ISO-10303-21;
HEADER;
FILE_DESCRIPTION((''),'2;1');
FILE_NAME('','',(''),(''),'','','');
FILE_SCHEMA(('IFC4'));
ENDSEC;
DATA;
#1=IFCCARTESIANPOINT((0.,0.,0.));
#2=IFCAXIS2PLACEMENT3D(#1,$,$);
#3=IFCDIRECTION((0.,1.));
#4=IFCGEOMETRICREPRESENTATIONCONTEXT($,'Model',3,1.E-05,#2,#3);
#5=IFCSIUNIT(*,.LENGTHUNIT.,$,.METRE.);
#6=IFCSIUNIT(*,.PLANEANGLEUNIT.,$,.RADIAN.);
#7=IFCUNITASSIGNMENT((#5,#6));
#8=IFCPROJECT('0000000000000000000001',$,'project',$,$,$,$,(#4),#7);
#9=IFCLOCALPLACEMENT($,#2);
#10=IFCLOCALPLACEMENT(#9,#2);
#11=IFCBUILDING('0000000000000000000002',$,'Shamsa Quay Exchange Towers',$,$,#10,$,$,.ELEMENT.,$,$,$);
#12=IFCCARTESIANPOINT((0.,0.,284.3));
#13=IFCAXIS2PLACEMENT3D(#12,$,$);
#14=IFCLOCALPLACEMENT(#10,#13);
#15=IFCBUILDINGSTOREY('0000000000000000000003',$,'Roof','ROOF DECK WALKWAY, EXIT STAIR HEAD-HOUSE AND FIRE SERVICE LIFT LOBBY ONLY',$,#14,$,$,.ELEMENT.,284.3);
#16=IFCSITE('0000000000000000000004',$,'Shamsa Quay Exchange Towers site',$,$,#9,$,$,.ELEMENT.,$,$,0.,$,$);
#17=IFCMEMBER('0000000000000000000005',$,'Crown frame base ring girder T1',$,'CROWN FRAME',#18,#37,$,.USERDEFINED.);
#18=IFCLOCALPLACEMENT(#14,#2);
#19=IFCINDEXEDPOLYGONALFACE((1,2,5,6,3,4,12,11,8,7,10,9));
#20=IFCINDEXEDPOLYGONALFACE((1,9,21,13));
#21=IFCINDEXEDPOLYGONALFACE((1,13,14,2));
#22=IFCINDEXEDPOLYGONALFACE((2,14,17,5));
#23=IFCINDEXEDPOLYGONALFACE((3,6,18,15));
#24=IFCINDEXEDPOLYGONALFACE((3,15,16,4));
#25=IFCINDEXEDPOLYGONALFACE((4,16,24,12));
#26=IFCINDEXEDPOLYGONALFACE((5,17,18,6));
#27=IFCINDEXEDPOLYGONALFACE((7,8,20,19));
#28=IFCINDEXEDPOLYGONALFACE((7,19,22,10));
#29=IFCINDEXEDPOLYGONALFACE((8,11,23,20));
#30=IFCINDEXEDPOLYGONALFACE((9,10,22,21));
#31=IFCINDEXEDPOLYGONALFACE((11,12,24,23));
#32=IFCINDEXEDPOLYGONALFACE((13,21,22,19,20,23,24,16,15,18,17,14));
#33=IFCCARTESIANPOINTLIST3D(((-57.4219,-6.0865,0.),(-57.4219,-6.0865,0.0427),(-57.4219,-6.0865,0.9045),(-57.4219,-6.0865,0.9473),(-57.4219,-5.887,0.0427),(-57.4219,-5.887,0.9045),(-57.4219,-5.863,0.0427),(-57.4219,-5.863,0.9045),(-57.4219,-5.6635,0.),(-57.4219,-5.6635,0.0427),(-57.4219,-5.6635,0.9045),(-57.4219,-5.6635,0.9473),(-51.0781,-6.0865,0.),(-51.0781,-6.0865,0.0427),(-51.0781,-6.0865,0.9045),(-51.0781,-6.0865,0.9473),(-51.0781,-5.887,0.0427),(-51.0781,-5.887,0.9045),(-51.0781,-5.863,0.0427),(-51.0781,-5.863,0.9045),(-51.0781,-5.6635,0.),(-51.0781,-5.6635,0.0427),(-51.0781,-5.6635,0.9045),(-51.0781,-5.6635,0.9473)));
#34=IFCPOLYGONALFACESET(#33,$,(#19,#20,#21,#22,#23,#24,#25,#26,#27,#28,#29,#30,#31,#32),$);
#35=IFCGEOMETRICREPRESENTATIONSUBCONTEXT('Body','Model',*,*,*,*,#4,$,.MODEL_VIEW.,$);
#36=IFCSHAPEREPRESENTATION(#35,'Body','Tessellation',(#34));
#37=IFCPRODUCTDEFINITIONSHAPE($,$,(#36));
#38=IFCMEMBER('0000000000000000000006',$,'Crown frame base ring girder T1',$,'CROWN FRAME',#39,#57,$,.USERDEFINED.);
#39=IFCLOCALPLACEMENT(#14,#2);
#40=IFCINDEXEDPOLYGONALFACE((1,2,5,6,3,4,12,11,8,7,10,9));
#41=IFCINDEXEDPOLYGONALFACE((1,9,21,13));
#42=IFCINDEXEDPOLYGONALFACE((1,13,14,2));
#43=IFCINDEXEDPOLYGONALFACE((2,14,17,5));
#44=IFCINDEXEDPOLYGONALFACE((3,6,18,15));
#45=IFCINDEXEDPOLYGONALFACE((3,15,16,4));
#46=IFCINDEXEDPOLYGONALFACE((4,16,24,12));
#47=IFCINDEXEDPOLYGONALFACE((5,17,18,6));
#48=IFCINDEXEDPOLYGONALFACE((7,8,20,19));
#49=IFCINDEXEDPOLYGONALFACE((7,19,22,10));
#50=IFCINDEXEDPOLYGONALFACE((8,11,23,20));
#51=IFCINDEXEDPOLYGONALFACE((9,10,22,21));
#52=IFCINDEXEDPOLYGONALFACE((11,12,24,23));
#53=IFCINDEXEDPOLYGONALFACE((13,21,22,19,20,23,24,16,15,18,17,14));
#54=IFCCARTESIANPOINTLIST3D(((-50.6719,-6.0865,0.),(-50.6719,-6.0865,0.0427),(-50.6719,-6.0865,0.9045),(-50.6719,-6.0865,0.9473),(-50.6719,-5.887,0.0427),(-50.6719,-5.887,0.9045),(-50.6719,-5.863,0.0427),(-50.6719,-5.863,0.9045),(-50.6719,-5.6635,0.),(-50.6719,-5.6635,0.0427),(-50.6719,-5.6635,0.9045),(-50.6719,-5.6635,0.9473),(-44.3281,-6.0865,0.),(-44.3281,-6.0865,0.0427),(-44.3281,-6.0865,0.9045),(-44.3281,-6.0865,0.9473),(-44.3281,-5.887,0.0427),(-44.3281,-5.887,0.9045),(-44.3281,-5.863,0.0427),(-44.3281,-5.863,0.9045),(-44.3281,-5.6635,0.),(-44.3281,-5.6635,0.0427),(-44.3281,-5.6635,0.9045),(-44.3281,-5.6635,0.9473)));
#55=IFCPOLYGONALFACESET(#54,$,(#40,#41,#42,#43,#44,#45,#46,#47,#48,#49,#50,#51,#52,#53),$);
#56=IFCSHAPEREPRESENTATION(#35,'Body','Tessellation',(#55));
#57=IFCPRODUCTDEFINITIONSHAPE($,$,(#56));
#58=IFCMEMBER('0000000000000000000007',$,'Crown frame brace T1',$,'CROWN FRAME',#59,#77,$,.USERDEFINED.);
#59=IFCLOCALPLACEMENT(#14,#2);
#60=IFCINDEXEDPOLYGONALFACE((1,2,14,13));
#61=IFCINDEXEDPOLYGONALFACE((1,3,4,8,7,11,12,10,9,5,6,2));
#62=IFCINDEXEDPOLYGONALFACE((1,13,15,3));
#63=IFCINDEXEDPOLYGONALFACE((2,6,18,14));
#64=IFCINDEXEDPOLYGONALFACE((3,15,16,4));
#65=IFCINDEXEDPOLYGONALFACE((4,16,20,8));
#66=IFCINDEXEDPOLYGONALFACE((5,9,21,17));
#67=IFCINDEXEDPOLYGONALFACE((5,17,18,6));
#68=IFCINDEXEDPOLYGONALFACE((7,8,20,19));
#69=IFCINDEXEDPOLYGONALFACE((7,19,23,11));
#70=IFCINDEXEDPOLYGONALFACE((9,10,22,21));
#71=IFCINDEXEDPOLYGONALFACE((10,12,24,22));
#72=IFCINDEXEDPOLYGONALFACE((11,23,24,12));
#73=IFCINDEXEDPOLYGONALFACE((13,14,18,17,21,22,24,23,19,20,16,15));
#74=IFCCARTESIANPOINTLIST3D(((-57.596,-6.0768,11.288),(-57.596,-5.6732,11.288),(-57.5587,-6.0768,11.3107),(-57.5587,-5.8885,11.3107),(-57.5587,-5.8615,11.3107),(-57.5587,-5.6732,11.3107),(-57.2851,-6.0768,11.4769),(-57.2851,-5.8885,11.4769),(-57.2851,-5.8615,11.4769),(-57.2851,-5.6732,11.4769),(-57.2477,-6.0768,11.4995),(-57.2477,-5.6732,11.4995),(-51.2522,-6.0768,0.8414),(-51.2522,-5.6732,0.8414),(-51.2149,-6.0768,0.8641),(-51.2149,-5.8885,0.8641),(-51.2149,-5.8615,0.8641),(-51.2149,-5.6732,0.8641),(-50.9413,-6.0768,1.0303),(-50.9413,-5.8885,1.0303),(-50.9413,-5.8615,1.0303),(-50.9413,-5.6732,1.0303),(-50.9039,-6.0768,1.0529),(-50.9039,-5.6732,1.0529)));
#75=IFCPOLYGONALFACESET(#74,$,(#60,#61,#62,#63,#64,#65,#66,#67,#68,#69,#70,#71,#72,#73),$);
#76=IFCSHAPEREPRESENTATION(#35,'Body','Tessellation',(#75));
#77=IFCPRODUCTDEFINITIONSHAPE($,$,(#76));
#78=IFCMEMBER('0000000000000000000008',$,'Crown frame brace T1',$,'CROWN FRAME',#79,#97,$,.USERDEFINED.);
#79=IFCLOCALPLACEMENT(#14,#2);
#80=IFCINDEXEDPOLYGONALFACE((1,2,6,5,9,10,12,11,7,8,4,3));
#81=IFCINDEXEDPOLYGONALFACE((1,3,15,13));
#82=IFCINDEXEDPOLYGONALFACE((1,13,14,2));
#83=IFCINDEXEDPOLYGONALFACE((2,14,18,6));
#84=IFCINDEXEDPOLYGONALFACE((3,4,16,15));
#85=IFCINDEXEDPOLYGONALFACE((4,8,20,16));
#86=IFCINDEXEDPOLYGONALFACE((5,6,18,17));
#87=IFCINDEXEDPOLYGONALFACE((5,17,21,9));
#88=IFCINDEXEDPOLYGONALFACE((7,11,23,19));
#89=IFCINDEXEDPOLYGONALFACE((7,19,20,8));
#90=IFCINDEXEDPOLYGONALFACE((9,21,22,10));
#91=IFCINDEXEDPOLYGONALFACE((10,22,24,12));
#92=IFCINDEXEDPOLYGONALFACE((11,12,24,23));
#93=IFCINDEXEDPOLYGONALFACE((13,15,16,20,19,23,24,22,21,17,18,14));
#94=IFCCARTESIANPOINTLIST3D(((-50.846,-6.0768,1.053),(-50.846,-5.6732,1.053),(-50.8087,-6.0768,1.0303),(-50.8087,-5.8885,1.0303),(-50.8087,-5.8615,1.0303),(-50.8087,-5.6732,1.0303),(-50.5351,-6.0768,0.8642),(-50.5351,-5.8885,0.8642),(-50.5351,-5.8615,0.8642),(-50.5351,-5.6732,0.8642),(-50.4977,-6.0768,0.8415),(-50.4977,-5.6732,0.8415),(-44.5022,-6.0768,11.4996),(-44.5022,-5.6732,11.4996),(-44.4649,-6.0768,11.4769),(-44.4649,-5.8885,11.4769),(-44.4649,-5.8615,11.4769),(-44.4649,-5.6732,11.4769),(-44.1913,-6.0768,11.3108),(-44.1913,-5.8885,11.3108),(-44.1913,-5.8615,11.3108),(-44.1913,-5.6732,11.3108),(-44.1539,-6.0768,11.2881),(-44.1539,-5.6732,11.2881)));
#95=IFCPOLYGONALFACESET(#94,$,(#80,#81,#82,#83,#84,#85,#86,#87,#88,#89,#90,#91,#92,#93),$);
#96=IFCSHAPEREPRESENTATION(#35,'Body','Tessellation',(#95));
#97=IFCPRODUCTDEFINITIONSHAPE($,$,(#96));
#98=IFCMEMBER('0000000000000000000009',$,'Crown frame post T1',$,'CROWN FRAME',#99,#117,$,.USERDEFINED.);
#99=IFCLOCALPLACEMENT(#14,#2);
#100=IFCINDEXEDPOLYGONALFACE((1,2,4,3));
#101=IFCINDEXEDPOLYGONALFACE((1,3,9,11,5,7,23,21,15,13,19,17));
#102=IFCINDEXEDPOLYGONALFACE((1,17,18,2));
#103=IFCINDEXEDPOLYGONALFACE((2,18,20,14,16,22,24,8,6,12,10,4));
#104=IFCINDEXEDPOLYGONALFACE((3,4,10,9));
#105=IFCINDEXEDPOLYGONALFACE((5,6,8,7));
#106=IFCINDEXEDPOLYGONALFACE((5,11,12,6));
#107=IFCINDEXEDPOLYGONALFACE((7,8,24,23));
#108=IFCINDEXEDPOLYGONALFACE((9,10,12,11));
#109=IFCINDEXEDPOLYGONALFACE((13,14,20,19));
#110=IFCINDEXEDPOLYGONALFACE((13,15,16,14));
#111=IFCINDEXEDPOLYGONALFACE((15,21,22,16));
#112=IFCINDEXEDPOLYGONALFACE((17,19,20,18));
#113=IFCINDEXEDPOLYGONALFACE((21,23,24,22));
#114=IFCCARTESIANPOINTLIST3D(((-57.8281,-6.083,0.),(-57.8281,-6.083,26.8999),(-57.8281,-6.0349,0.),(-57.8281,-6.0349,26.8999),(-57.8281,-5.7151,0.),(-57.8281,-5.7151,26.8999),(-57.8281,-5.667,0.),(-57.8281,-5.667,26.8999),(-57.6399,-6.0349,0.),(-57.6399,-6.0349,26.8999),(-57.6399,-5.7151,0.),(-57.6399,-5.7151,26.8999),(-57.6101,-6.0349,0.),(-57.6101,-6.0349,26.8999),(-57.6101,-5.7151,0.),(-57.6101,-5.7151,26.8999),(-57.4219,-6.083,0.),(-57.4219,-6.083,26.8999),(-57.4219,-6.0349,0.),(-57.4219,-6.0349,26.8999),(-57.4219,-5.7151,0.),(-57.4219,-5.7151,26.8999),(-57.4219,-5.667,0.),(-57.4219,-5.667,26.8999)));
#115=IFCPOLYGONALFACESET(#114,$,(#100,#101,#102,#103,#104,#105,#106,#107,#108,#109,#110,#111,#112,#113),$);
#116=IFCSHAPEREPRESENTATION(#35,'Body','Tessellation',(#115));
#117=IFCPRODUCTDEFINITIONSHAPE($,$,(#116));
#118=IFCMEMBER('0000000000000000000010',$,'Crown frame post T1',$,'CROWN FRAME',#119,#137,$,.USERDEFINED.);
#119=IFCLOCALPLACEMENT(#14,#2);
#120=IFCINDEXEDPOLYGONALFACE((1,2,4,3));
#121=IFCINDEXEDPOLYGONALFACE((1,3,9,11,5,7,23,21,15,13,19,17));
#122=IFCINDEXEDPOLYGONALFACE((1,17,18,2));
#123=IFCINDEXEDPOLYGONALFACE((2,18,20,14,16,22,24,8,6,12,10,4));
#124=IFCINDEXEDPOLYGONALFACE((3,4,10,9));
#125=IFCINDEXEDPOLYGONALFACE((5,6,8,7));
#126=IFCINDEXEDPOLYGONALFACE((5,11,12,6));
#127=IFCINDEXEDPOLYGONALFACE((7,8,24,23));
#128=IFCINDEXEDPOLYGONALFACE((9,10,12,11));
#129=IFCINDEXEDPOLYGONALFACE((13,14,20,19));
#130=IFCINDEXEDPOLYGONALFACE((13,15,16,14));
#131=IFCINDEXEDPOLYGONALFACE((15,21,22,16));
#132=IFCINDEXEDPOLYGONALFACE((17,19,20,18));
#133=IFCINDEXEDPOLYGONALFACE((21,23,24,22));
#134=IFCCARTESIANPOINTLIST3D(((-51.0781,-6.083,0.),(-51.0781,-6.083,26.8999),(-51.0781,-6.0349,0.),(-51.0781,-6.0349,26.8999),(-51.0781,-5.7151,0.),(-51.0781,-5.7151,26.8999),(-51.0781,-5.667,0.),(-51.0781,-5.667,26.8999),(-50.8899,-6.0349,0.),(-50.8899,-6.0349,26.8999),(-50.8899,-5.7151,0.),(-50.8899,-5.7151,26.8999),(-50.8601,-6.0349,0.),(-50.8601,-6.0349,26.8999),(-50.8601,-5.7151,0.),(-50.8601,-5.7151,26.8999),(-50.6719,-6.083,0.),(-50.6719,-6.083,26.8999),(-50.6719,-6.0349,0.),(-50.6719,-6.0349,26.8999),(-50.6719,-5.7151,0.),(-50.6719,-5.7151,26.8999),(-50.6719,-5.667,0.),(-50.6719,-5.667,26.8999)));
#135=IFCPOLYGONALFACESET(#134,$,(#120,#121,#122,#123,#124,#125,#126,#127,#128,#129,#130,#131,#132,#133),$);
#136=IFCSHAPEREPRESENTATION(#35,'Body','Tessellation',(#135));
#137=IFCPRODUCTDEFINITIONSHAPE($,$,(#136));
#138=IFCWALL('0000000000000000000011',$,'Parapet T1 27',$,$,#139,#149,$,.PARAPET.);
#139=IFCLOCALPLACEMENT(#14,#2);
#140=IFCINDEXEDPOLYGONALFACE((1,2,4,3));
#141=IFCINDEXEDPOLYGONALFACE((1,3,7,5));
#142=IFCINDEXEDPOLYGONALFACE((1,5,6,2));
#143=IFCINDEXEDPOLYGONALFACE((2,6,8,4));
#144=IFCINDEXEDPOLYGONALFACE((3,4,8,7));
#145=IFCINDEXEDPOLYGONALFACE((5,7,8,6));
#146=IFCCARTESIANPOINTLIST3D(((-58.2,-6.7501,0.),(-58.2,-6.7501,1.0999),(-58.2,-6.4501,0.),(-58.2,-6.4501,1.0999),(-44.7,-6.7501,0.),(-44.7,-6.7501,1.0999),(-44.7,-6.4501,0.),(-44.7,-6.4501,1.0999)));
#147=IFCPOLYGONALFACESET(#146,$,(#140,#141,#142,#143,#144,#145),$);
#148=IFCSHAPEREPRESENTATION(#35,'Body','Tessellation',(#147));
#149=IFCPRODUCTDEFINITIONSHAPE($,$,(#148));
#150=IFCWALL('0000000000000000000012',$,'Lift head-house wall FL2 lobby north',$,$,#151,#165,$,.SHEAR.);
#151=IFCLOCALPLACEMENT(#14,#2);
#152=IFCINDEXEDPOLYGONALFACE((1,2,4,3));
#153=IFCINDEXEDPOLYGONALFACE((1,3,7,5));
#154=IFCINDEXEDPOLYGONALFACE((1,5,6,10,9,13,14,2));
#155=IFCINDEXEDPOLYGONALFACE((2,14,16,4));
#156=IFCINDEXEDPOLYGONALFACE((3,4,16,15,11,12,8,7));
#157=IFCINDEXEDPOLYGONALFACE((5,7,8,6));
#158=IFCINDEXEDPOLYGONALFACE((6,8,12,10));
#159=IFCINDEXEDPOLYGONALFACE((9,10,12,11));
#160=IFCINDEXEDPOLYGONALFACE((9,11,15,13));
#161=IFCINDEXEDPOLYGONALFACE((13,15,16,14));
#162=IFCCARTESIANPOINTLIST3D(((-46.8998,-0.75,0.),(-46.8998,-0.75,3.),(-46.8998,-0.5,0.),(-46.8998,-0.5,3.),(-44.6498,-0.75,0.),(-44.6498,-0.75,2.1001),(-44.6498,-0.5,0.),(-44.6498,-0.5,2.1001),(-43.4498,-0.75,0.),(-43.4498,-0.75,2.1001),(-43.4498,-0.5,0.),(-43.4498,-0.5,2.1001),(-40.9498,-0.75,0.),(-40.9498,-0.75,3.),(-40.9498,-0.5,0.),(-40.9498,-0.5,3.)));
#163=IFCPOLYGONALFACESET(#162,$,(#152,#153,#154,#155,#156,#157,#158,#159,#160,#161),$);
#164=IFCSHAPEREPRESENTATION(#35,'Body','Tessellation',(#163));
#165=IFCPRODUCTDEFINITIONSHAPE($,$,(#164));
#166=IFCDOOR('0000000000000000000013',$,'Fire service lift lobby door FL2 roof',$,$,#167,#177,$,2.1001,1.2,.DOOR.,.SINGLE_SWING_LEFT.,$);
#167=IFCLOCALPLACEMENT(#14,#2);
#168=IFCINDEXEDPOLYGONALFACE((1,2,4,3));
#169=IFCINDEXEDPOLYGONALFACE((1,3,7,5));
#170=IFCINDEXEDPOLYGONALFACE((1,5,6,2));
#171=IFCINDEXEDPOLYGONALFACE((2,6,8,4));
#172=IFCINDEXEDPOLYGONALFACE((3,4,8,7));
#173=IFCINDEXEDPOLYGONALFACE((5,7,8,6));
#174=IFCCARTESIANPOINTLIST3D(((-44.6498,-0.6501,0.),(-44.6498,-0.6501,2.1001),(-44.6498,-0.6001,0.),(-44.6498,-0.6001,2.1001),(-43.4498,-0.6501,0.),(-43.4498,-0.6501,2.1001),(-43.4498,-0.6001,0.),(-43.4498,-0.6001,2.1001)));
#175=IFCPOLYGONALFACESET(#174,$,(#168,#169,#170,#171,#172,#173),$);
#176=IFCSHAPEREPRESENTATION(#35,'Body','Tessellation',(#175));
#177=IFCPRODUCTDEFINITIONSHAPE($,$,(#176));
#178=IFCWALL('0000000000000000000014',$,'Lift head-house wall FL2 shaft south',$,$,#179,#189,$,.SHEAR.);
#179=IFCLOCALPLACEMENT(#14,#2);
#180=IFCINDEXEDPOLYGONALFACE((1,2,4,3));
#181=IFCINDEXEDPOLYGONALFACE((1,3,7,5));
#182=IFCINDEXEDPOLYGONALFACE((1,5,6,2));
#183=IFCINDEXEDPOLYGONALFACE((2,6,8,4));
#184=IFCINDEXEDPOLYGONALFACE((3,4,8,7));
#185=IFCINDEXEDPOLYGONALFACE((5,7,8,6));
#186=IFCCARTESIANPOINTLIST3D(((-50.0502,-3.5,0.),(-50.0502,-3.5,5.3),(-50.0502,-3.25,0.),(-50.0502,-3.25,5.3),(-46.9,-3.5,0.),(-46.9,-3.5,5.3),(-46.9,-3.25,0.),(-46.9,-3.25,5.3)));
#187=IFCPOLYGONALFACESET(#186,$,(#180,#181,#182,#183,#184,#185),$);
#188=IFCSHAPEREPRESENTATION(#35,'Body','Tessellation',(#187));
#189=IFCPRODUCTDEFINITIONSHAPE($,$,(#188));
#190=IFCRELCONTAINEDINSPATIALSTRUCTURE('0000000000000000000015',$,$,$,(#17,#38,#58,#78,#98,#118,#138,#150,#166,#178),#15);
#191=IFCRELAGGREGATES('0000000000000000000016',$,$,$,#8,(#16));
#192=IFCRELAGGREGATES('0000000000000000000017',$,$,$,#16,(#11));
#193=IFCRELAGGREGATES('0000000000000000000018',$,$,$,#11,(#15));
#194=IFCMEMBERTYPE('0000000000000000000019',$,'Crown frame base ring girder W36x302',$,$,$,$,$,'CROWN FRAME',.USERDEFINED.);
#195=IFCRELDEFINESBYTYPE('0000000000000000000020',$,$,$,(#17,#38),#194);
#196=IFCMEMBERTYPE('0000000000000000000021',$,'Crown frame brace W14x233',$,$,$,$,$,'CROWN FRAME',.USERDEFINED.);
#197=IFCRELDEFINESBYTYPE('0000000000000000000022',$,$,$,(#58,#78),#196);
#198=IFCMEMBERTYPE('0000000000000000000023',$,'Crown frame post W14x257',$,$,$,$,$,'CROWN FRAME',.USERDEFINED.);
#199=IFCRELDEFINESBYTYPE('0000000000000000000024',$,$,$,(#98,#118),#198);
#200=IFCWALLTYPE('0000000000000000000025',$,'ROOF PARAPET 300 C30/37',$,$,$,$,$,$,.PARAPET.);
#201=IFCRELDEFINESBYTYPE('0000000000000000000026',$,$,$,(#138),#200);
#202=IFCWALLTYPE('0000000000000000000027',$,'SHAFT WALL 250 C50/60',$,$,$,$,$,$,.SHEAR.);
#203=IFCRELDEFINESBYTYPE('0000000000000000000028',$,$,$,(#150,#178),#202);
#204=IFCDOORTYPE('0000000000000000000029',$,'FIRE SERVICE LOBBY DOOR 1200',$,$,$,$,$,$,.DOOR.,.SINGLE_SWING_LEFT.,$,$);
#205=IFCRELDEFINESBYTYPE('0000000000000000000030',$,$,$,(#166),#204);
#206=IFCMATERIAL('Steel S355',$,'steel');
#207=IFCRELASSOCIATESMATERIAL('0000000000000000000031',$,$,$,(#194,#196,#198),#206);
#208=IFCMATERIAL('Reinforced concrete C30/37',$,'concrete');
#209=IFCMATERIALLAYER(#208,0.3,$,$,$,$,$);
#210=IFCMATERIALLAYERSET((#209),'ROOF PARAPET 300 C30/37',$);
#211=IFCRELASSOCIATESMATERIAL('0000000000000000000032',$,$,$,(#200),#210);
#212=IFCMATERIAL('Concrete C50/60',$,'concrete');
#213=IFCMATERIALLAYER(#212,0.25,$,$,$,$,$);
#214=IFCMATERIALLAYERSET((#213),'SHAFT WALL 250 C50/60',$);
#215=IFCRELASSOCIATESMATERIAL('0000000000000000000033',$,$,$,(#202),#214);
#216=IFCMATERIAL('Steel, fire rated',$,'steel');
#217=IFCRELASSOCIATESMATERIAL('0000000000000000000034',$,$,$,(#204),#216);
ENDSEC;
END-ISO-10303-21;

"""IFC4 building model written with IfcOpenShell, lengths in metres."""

from ifc_helpers import new_model, si_unit, direction, frame, frame_2d, origin, origin_2d, place, context, subcontext, project, spatial, rectangle, i_section, extrude, material, layer, layer_set, material_profile, profile_set, type_object, element, fill, save


model = new_model("IFC4")

# Units and contexts
model_context = context("Model", 3, precision=1e-05, world=origin(), true_north=direction((0.0, 1.0)))
body_context = subcontext(model_context, "Body", "Model", "MODEL_VIEW")
ifc_project = project(units=[si_unit("LENGTHUNIT", "METRE"), si_unit("PLANEANGLEUNIT", "RADIAN")], contexts=[model_context])

# Site, building, storey
site_placement = place(None, origin())
site = spatial("IfcSite", under=ifc_project, at=site_placement, Name="Shamsa Quay Exchange Towers site", CompositionType="ELEMENT", RefElevation=0.0)
building_placement = place(site_placement, origin())
building = spatial("IfcBuilding", under=site, at=building_placement, Name="Shamsa Quay Exchange Towers", CompositionType="ELEMENT")
storey_placement = place(building_placement, frame((0.0, 0.0, 284.3)))
storey = spatial("IfcBuildingStorey", under=building, at=storey_placement, Name="Roof", Description="ROOF DECK WALKWAY, EXIT STAIR HEAD-HOUSE AND FIRE SERVICE LIFT LOBBY ONLY", CompositionType="ELEMENT", Elevation=284.3)

# Members
ifc_material_1 = material(Name="Steel S355", Category="steel")
ifc_material_profile_1 = material_profile(ifc_material_1, i_section(OverallWidth=0.4231, OverallDepth=0.9473, WebThickness=0.0239, FlangeThickness=0.0427, at=origin_2d()), Name="W36x302")
ifc_profile_set_1 = profile_set([ifc_material_profile_1], Name="Steel S355")
member_type_1 = type_object("IfcMemberType", Name="Crown frame base ring girder W36x302", ElementType="CROWN FRAME", PredefinedType="USERDEFINED", material=ifc_profile_set_1)
for number, where, z_axis, x_axis, name in (
    (1, (-57.4219, -5.875, 0.4736), (1.0, 0.0, 0.0), (0.0, 1.0, 0.0), "Crown frame base ring girder T1"),
    (2, (-50.6719, -5.875, 0.4736), (1.0, 0.0, 0.0), (0.0, 1.0, 0.0), "Crown frame base ring girder T1"),
):
    element("IfcMember", number, at=place(storey_placement, frame(where, z_axis=z_axis, x_axis=x_axis)), inside=storey, type_object=member_type_1, Name=name, ObjectType="CROWN FRAME", PredefinedType="USERDEFINED", context=body_context, shape_type="SweptSolid", body=[
        extrude(i_section(OverallWidth=0.4231, OverallDepth=0.9473, WebThickness=0.0239, FlangeThickness=0.0427, at=origin_2d()), origin(), (0.0, 0.0, 1.0), 6.3438),
    ])
ifc_material_profile_2 = material_profile(ifc_material_1, i_section(OverallWidth=0.4036, OverallDepth=0.4075, WebThickness=0.0271, FlangeThickness=0.0437, at=origin_2d()), Name="W14x233")
ifc_profile_set_2 = profile_set([ifc_material_profile_2], Name="Steel S355")
member_type_2 = type_object("IfcMemberType", Name="Crown frame brace W14x233", ElementType="CROWN FRAME", PredefinedType="USERDEFINED", material=ifc_profile_set_2)
for number, where, z_axis, x_axis, name in (
    (3, (-57.4219, -5.875, 11.3938), (0.519051, 0.0, -0.854744), (0.0, 1.0, 0.0), "Crown frame brace T1"),
    (4, (-50.6719, -5.875, 0.9473), (0.519051, 0.0, 0.854744), (0.0, 1.0, 0.0), "Crown frame brace T1"),
):
    element("IfcMember", number, at=place(storey_placement, frame(where, z_axis=z_axis, x_axis=x_axis)), inside=storey, type_object=member_type_2, Name=name, ObjectType="CROWN FRAME", PredefinedType="USERDEFINED", context=body_context, shape_type="SweptSolid", body=[
        extrude(i_section(OverallWidth=0.4036, OverallDepth=0.4075, WebThickness=0.0271, FlangeThickness=0.0437, at=origin_2d()), origin(), (0.0, 0.0, 1.0), 12.2219),
    ])
ifc_material_profile_3 = material_profile(ifc_material_1, i_section(OverallWidth=0.4062, OverallDepth=0.416, WebThickness=0.0298, FlangeThickness=0.0481, at=origin_2d()), Name="W14x257")
ifc_profile_set_3 = profile_set([ifc_material_profile_3], Name="Steel S355")
member_type_3 = type_object("IfcMemberType", Name="Crown frame post W14x257", ElementType="CROWN FRAME", PredefinedType="USERDEFINED", material=ifc_profile_set_3)
for number, where, name in (
    (5, (-57.625, -5.875, 0.0), "Crown frame post T1"),
    (6, (-50.875, -5.875, 0.0), "Crown frame post T1"),
):
    element("IfcMember", number, at=place(storey_placement, frame(where)), inside=storey, type_object=member_type_3, Name=name, ObjectType="CROWN FRAME", PredefinedType="USERDEFINED", context=body_context, shape_type="SweptSolid", body=[
        extrude(i_section(OverallWidth=0.4062, OverallDepth=0.416, WebThickness=0.0298, FlangeThickness=0.0481, at=origin_2d()), origin(), (0.0, 0.0, 1.0), 26.8999),
    ])

# Wall
ifc_material_2 = material(Name="Reinforced concrete C30/37", Category="concrete")
ifc_layer_1 = layer(ifc_material_2, 0.3)
ifc_layer_set_1 = layer_set([ifc_layer_1], Name="ROOF PARAPET 300 C30/37")
wall_type_1 = type_object("IfcWallType", Name="ROOF PARAPET 300 C30/37", PredefinedType="PARAPET", material=ifc_layer_set_1)
wall_1_placement = place(storey_placement, frame((-58.2, -6.6001, 0.0)))
element("IfcWall", 7, at=wall_1_placement, inside=storey, type_object=wall_type_1, Name="Parapet T1 27", PredefinedType="PARAPET", context=body_context, shape_type="SweptSolid", body=[
    extrude(rectangle(XDim=13.5, YDim=0.3, at=frame_2d((6.75, 0.0))), origin(), (0.0, 0.0, 1.0), 1.0999),
])

# Wall, opening, door
ifc_material_3 = material(Name="Concrete C50/60", Category="concrete")
ifc_layer_2 = layer(ifc_material_3, 0.25)
ifc_layer_set_2 = layer_set([ifc_layer_2], Name="SHAFT WALL 250 C50/60")
wall_type_2 = type_object("IfcWallType", Name="SHAFT WALL 250 C50/60", PredefinedType="SHEAR", material=ifc_layer_set_2)
wall_2_placement = place(storey_placement, frame((-46.8999, -0.625, 0.0)))
wall_2 = element("IfcWall", 8, at=wall_2_placement, inside=storey, type_object=wall_type_2, Name="Lift head-house wall FL2 lobby north", PredefinedType="SHEAR", context=body_context, shape_type="SweptSolid", body=[
    extrude(rectangle(XDim=5.95, YDim=0.25, at=frame_2d((2.9751, 0.0))), origin(), (0.0, 0.0, 1.0), 3.0),
])
opening_1_placement = place(wall_2_placement, frame((2.25, 0.0, 0.0)))
opening_1 = element("IfcOpeningElement", 9, at=opening_1_placement, cuts=wall_2, PredefinedType="OPENING", context=body_context, shape_type="SweptSolid", body=[
    extrude(rectangle(XDim=1.2, YDim=2.1001, at=frame_2d((0.6001, 1.05))), frame((0.0, 0.135, 0.0), z_axis=(0.0, -1.0, 0.0), x_axis=(1.0, 0.0, 0.0)), (0.0, 0.0, 1.0), 0.27),
])
ifc_material_4 = material(Name="Steel, fire rated", Category="steel")
door_type_1 = type_object("IfcDoorType", Name="FIRE SERVICE LOBBY DOOR 1200", OperationType="SINGLE_SWING_LEFT", PredefinedType="DOOR", material=ifc_material_4)
door_1_placement = place(opening_1_placement, origin())
door_1 = element("IfcDoor", 10, at=door_1_placement, inside=storey, type_object=door_type_1, Name="Fire service lift lobby door FL2 roof", OperationType="SINGLE_SWING_LEFT", OverallHeight=2.1001, OverallWidth=1.2, PredefinedType="DOOR", context=body_context, shape_type="SweptSolid", body=[
    extrude(rectangle(XDim=1.2, YDim=2.1001, at=frame_2d((0.6001, 1.05))), frame((0.0, 0.0249, 0.0), z_axis=(0.0, -1.0, 0.0), x_axis=(1.0, 0.0, 0.0)), (0.0, 0.0, 1.0), 0.05),
])
fill(opening_1, door_1)

# Wall
for number, where, z_axis, x_axis, name in (
    (11, (-46.8999, -3.375, 0.0), (0.0, 0.0, 1.0), (-1.0, 0.0, 0.0), "Lift head-house wall FL2 shaft south"),
):
    element("IfcWall", number, at=place(storey_placement, frame(where, z_axis=z_axis, x_axis=x_axis)), inside=storey, type_object=wall_type_2, Name=name, PredefinedType="SHEAR", context=body_context, shape_type="SweptSolid", body=[
        extrude(rectangle(XDim=3.1501, YDim=0.25, at=frame_2d((1.5752, 0.0))), origin(), (0.0, 0.0, 1.0), 5.3),
    ])

save(model, "model.ifc")
